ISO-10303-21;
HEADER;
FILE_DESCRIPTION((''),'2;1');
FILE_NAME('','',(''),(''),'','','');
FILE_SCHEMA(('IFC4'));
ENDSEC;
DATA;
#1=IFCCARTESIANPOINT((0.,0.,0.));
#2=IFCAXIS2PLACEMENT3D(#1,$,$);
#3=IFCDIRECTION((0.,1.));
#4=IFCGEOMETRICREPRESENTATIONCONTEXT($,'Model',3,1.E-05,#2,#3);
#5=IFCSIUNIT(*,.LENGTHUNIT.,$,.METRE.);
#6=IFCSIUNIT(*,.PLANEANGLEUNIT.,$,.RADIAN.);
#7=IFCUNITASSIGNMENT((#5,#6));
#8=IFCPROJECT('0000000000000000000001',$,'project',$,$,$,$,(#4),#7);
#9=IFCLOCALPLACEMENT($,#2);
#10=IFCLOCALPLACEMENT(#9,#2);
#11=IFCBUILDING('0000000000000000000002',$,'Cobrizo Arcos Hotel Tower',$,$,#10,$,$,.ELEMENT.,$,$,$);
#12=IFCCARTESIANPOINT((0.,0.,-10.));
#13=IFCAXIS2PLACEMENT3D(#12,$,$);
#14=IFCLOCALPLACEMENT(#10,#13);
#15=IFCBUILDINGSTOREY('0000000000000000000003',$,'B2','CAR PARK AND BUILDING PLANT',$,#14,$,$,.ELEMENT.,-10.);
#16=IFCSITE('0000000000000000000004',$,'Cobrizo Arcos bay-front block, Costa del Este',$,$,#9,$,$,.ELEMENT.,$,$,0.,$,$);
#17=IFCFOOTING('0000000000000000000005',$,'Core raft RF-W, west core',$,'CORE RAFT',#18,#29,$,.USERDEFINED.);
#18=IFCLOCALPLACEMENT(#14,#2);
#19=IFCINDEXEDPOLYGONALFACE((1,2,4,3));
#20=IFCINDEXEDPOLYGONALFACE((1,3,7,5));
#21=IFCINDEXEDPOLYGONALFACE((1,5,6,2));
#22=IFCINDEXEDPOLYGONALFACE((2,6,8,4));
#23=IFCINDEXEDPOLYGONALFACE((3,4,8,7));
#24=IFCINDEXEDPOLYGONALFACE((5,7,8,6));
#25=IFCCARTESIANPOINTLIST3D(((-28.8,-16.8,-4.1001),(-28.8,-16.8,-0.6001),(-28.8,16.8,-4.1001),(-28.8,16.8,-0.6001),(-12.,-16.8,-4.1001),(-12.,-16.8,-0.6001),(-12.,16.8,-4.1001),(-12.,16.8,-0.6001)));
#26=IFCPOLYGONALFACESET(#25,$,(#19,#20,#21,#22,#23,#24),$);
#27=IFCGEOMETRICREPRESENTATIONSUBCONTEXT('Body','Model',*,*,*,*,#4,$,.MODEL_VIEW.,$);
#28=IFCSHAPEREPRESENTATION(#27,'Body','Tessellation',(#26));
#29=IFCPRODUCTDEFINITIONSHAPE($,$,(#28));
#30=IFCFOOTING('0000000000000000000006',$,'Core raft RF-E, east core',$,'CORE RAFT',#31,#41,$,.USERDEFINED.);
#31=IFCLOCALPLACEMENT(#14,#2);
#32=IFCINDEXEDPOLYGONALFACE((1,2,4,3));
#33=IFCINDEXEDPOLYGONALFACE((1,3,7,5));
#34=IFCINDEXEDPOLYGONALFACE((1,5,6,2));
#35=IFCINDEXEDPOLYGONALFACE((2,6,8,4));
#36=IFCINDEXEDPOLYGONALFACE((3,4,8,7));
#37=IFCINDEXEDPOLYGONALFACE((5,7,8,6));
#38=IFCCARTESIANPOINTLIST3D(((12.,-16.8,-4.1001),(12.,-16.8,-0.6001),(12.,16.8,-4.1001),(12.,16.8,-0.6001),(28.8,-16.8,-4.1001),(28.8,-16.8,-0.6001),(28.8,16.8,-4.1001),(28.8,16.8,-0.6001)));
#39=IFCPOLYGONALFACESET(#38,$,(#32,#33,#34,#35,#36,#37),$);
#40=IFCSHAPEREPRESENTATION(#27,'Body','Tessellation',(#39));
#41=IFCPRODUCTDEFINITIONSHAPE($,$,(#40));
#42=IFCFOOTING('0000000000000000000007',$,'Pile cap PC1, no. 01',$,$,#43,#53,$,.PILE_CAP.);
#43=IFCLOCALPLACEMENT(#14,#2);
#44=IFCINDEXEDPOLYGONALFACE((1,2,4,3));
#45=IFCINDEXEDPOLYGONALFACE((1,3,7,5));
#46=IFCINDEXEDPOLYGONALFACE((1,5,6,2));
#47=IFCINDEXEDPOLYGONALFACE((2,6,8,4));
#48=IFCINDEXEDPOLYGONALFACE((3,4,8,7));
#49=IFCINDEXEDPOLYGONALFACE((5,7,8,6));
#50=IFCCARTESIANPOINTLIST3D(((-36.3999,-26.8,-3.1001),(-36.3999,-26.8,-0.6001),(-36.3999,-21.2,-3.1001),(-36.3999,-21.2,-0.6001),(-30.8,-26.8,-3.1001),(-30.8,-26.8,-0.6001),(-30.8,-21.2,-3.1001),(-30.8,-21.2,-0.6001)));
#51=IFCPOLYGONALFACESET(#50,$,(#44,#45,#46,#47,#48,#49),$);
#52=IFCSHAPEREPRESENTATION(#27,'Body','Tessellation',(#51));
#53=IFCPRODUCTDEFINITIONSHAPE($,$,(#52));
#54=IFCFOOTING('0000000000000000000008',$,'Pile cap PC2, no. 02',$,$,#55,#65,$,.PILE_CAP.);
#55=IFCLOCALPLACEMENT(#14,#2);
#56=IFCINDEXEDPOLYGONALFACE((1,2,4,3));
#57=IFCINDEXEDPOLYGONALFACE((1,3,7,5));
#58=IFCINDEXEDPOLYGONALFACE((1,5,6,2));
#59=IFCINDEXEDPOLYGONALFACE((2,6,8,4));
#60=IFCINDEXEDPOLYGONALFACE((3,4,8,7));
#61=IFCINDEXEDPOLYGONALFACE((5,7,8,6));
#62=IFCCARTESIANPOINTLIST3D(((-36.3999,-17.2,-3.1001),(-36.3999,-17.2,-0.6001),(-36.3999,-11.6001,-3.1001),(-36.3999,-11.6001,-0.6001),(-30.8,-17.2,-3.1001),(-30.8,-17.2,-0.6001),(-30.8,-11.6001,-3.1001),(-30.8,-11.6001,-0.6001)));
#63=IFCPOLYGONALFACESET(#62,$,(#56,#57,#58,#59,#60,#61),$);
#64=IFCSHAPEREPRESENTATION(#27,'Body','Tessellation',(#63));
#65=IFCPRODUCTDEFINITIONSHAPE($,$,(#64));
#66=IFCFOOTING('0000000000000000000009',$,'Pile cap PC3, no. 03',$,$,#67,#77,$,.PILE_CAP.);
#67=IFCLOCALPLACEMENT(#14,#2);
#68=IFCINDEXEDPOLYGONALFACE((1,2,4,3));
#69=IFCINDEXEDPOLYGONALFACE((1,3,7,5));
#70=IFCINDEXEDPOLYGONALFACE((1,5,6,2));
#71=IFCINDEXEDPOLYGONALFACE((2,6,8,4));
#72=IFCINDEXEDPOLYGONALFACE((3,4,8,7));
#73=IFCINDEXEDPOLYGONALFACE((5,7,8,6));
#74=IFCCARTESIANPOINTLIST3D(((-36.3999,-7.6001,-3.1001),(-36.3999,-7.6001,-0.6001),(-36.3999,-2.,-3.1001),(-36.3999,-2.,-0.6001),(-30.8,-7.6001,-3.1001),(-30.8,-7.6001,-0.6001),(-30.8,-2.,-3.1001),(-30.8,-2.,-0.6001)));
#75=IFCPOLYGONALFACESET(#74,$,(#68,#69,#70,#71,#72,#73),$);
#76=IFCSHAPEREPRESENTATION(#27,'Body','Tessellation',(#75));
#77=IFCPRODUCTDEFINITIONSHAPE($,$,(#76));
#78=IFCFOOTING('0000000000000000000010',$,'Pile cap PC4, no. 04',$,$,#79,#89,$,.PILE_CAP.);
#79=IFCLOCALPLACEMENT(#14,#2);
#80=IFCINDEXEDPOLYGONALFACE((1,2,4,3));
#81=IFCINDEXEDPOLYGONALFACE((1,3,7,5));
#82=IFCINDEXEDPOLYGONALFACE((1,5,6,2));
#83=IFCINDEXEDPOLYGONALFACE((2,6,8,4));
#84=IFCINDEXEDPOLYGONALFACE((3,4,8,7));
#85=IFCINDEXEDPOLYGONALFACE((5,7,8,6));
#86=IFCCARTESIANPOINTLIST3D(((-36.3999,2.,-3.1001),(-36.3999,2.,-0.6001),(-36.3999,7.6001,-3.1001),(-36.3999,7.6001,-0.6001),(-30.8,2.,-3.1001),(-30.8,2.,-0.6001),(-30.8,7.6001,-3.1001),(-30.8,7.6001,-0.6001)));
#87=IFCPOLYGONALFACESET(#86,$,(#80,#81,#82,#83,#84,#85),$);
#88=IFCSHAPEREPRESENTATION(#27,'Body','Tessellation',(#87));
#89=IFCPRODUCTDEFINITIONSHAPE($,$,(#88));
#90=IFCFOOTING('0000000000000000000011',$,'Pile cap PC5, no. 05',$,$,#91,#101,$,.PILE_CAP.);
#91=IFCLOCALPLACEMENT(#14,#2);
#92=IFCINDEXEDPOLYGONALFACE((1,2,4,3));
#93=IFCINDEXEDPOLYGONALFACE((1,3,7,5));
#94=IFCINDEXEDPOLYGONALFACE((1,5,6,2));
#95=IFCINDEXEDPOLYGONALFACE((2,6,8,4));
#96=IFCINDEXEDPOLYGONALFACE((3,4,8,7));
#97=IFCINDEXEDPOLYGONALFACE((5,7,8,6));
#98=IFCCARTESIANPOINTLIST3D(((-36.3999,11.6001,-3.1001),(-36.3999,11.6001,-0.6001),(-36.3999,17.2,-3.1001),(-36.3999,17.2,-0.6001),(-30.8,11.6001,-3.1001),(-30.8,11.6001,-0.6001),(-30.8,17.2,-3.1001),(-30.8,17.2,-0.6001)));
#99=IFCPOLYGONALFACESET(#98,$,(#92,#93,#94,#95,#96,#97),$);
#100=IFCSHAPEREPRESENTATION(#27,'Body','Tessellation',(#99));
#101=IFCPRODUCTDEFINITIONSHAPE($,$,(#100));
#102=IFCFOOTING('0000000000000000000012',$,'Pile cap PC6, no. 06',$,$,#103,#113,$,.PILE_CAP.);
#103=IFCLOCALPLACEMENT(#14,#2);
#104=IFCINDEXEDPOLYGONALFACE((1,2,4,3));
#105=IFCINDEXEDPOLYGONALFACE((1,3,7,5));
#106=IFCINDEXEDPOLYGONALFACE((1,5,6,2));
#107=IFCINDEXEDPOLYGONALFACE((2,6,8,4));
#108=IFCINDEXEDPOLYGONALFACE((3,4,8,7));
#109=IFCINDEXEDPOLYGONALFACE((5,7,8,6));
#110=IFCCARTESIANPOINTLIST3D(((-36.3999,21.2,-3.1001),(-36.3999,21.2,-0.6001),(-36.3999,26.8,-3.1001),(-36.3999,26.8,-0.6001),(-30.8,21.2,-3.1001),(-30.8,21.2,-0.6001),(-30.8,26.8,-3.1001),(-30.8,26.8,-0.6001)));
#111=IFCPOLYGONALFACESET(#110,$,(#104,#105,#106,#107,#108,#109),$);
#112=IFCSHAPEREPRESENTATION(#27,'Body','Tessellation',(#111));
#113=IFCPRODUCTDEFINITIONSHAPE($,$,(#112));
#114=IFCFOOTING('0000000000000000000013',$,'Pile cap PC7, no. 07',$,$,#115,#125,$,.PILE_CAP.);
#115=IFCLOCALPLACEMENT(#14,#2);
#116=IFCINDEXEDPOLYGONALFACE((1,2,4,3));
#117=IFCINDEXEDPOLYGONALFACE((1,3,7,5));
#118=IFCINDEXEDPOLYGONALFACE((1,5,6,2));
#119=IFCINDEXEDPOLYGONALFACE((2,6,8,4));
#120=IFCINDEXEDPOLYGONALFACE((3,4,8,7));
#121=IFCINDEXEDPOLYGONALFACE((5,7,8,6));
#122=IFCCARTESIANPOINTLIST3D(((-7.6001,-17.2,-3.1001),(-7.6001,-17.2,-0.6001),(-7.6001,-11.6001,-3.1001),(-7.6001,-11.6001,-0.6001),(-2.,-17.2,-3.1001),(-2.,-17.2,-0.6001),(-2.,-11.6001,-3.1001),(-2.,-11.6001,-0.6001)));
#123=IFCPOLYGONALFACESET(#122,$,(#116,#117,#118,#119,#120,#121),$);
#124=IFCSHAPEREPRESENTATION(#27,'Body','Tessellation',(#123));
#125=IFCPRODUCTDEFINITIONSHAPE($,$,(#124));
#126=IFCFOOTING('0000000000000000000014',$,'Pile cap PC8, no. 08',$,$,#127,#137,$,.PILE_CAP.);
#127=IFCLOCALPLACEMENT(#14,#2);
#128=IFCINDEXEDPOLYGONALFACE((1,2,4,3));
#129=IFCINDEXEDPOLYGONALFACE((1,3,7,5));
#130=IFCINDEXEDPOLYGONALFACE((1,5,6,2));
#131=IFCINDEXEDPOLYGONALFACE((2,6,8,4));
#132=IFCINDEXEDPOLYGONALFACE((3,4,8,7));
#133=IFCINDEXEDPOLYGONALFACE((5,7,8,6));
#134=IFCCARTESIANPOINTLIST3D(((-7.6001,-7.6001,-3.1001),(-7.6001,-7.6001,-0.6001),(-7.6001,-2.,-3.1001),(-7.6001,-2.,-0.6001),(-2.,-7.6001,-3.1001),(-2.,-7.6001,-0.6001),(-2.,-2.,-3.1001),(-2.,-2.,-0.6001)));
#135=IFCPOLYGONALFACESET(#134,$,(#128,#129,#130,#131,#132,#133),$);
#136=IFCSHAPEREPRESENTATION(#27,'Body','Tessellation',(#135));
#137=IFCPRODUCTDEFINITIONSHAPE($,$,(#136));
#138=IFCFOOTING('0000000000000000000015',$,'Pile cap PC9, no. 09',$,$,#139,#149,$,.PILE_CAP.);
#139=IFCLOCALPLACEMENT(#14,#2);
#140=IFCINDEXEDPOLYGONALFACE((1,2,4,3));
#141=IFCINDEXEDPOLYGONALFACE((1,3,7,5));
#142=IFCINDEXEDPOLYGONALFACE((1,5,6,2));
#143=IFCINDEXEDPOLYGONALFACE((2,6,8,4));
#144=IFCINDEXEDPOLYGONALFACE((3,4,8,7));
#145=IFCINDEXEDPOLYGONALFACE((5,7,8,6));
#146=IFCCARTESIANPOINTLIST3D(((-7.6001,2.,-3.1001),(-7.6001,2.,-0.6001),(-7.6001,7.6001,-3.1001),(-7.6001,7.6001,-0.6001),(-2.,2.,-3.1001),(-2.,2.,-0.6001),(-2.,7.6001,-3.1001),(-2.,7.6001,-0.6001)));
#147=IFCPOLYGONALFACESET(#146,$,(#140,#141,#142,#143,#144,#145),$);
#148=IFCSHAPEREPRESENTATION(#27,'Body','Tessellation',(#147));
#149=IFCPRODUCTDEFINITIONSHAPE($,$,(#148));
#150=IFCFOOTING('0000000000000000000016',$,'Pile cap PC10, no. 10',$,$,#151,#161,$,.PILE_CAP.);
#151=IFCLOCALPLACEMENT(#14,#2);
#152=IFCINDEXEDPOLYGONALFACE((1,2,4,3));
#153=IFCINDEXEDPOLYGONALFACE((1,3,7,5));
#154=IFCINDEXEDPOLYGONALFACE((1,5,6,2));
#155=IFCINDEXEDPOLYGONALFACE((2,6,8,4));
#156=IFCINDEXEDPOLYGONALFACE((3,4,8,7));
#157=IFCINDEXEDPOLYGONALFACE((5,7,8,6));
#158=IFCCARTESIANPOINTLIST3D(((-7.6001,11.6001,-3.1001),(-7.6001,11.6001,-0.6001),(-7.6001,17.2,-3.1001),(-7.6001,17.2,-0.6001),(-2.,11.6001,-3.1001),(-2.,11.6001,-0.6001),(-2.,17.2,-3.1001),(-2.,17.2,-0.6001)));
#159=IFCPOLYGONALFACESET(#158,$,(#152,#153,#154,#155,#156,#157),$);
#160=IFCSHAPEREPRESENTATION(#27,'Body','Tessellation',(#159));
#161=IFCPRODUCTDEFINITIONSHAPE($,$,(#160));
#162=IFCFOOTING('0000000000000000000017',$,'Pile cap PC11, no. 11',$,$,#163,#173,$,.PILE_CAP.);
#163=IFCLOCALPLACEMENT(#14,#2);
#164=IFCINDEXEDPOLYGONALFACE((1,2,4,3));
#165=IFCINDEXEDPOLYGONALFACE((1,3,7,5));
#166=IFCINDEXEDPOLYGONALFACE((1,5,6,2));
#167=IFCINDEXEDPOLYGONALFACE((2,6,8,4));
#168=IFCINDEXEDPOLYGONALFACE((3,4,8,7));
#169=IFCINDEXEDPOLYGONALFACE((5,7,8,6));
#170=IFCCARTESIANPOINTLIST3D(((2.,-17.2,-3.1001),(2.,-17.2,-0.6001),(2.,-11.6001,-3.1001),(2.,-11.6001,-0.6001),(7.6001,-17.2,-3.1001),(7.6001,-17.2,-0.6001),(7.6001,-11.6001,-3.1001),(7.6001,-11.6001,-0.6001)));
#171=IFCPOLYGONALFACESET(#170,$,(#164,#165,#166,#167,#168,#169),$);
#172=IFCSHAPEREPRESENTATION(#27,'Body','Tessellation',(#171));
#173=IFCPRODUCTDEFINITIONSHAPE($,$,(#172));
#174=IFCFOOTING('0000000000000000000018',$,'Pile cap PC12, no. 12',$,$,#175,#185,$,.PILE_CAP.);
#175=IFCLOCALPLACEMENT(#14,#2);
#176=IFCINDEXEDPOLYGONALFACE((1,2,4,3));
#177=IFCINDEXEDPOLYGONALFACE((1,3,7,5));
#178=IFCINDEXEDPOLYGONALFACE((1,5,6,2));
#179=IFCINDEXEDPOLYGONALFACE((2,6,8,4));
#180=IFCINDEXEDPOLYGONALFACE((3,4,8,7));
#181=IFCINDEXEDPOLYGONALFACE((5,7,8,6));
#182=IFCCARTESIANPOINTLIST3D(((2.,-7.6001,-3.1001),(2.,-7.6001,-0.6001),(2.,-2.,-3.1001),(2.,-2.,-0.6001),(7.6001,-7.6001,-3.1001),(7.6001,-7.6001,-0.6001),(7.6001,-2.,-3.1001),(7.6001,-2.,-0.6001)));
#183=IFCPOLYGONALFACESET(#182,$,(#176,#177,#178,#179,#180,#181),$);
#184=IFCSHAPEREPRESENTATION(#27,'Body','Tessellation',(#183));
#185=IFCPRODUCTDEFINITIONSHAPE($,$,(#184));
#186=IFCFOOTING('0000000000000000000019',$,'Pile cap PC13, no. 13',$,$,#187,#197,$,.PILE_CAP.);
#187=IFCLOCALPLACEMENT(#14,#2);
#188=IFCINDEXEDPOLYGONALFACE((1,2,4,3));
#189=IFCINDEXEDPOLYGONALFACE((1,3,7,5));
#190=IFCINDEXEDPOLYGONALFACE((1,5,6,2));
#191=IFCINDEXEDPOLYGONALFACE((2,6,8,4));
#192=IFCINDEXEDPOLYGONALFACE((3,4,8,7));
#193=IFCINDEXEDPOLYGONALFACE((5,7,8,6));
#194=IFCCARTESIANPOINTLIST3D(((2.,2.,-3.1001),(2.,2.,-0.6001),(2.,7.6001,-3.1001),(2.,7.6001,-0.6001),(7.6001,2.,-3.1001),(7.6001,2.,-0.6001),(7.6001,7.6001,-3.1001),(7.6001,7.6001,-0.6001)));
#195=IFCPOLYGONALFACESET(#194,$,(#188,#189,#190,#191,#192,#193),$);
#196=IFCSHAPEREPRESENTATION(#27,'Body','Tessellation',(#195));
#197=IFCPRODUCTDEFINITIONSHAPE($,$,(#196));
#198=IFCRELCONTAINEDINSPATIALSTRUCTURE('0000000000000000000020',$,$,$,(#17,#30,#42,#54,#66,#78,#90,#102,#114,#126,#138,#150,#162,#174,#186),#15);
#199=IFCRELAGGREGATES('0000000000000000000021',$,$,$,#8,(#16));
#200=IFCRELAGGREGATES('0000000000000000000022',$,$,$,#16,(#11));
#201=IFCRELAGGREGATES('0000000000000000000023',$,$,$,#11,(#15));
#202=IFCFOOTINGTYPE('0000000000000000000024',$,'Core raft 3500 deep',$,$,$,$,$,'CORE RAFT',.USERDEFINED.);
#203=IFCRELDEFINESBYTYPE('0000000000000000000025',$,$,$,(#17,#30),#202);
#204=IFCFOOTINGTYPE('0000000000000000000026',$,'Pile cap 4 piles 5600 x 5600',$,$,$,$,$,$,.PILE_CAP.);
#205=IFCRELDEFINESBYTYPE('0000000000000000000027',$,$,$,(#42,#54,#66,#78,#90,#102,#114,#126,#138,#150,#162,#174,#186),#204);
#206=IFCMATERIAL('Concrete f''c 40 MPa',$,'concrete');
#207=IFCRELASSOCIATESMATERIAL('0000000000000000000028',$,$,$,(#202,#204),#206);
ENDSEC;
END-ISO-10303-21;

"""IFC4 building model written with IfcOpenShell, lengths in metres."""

from ifc_helpers import new_model, si_unit, direction, frame, origin, place, context, subcontext, project, spatial, polyline, outline, extrude, material, type_object, element, save


model = new_model("IFC4")

# Units and contexts
model_context = context("Model", 3, precision=1e-05, world=origin(), true_north=direction((0.0, 1.0)))
body_context = subcontext(model_context, "Body", "Model", "MODEL_VIEW")
ifc_project = project(units=[si_unit("LENGTHUNIT", "METRE"), si_unit("PLANEANGLEUNIT", "RADIAN")], contexts=[model_context])

# Site, building, storey
site_placement = place(None, origin())
site = spatial("IfcSite", under=ifc_project, at=site_placement, Name="Cobrizo Arcos bay-front block, Costa del Este", CompositionType="ELEMENT", RefElevation=0.0)
building_placement = place(site_placement, origin())
building = spatial("IfcBuilding", under=site, at=building_placement, Name="Cobrizo Arcos Hotel Tower", CompositionType="ELEMENT")
storey_placement = place(building_placement, frame((0.0, 0.0, -10.0)))
storey = spatial("IfcBuildingStorey", under=building, at=storey_placement, Name="B2", Description="CAR PARK AND BUILDING PLANT", CompositionType="ELEMENT", Elevation=-10.0)

# Footings
ifc_material_1 = material(Name="Concrete f'c 40 MPa", Category="concrete")
footing_type_1 = type_object("IfcFootingType", Name="Core raft 3500 deep", ElementType="CORE RAFT", PredefinedType="USERDEFINED", material=ifc_material_1)
footing_1_placement = place(storey_placement, frame((0.0, 0.0, -4.1001)))
element("IfcFooting", 1, at=footing_1_placement, inside=storey, type_object=footing_type_1, Name="Core raft RF-W, west core", ObjectType="CORE RAFT", PredefinedType="USERDEFINED", context=body_context, shape_type="SweptSolid", body=[
    extrude(outline(polyline([(-12.0, -16.8), (-12.0, 16.8), (-28.8, 16.8), (-28.8, -16.8), (-12.0, -16.8)])), origin(), (0.0, 0.0, 1.0), 3.5),
])
footing_2_placement = place(storey_placement, frame((0.0, 0.0, -4.1001)))
element("IfcFooting", 2, at=footing_2_placement, inside=storey, type_object=footing_type_1, Name="Core raft RF-E, east core", ObjectType="CORE RAFT", PredefinedType="USERDEFINED", context=body_context, shape_type="SweptSolid", body=[
    extrude(outline(polyline([(28.8, -16.8), (28.8, 16.8), (12.0, 16.8), (12.0, -16.8), (28.8, -16.8)])), origin(), (0.0, 0.0, 1.0), 3.5),
])
footing_type_2 = type_object("IfcFootingType", Name="Pile cap 4 piles 5600 x 5600", PredefinedType="PILE_CAP", material=ifc_material_1)
footing_3_placement = place(storey_placement, frame((0.0, 0.0, -3.1001)))
element("IfcFooting", 3, at=footing_3_placement, inside=storey, type_object=footing_type_2, Name="Pile cap PC1, no. 01", PredefinedType="PILE_CAP", context=body_context, shape_type="SweptSolid", body=[
    extrude(outline(polyline([(-30.8, -26.8), (-30.8, -21.2), (-36.3999, -21.2), (-36.3999, -26.8), (-30.8, -26.8)])), origin(), (0.0, 0.0, 1.0), 2.5),
])
footing_4_placement = place(storey_placement, frame((0.0, 0.0, -3.1001)))
element("IfcFooting", 4, at=footing_4_placement, inside=storey, type_object=footing_type_2, Name="Pile cap PC2, no. 02", PredefinedType="PILE_CAP", context=body_context, shape_type="SweptSolid", body=[
    extrude(outline(polyline([(-30.8, -17.2), (-30.8, -11.6001), (-36.3999, -11.6001), (-36.3999, -17.2), (-30.8, -17.2)])), origin(), (0.0, 0.0, 1.0), 2.5),
])
footing_5_placement = place(storey_placement, frame((0.0, 0.0, -3.1001)))
element("IfcFooting", 5, at=footing_5_placement, inside=storey, type_object=footing_type_2, Name="Pile cap PC3, no. 03", PredefinedType="PILE_CAP", context=body_context, shape_type="SweptSolid", body=[
    extrude(outline(polyline([(-30.8, -7.6001), (-30.8, -2.0), (-36.3999, -2.0), (-36.3999, -7.6001), (-30.8, -7.6001)])), origin(), (0.0, 0.0, 1.0), 2.5),
])
footing_6_placement = place(storey_placement, frame((0.0, 0.0, -3.1001)))
element("IfcFooting", 6, at=footing_6_placement, inside=storey, type_object=footing_type_2, Name="Pile cap PC4, no. 04", PredefinedType="PILE_CAP", context=body_context, shape_type="SweptSolid", body=[
    extrude(outline(polyline([(-30.8, 2.0), (-30.8, 7.6001), (-36.3999, 7.6001), (-36.3999, 2.0), (-30.8, 2.0)])), origin(), (0.0, 0.0, 1.0), 2.5),
])
footing_7_placement = place(storey_placement, frame((0.0, 0.0, -3.1001)))
element("IfcFooting", 7, at=footing_7_placement, inside=storey, type_object=footing_type_2, Name="Pile cap PC5, no. 05", PredefinedType="PILE_CAP", context=body_context, shape_type="SweptSolid", body=[
    extrude(outline(polyline([(-30.8, 11.6001), (-30.8, 17.2), (-36.3999, 17.2), (-36.3999, 11.6001), (-30.8, 11.6001)])), origin(), (0.0, 0.0, 1.0), 2.5),
])
footing_8_placement = place(storey_placement, frame((0.0, 0.0, -3.1001)))
element("IfcFooting", 8, at=footing_8_placement, inside=storey, type_object=footing_type_2, Name="Pile cap PC6, no. 06", PredefinedType="PILE_CAP", context=body_context, shape_type="SweptSolid", body=[
    extrude(outline(polyline([(-30.8, 21.2), (-30.8, 26.8), (-36.3999, 26.8), (-36.3999, 21.2), (-30.8, 21.2)])), origin(), (0.0, 0.0, 1.0), 2.5),
])
footing_9_placement = place(storey_placement, frame((0.0, 0.0, -3.1001)))
element("IfcFooting", 9, at=footing_9_placement, inside=storey, type_object=footing_type_2, Name="Pile cap PC7, no. 07", PredefinedType="PILE_CAP", context=body_context, shape_type="SweptSolid", body=[
    extrude(outline(polyline([(-2.0, -17.2), (-2.0, -11.6001), (-7.6001, -11.6001), (-7.6001, -17.2), (-2.0, -17.2)])), origin(), (0.0, 0.0, 1.0), 2.5),
])
footing_10_placement = place(storey_placement, frame((0.0, 0.0, -3.1001)))
element("IfcFooting", 10, at=footing_10_placement, inside=storey, type_object=footing_type_2, Name="Pile cap PC8, no. 08", PredefinedType="PILE_CAP", context=body_context, shape_type="SweptSolid", body=[
    extrude(outline(polyline([(-2.0, -7.6001), (-2.0, -2.0), (-7.6001, -2.0), (-7.6001, -7.6001), (-2.0, -7.6001)])), origin(), (0.0, 0.0, 1.0), 2.5),
])
footing_11_placement = place(storey_placement, frame((0.0, 0.0, -3.1001)))
element("IfcFooting", 11, at=footing_11_placement, inside=storey, type_object=footing_type_2, Name="Pile cap PC9, no. 09", PredefinedType="PILE_CAP", context=body_context, shape_type="SweptSolid", body=[
    extrude(outline(polyline([(-2.0, 2.0), (-2.0, 7.6001), (-7.6001, 7.6001), (-7.6001, 2.0), (-2.0, 2.0)])), origin(), (0.0, 0.0, 1.0), 2.5),
])
footing_12_placement = place(storey_placement, frame((0.0, 0.0, -3.1001)))
element("IfcFooting", 12, at=footing_12_placement, inside=storey, type_object=footing_type_2, Name="Pile cap PC10, no. 10", PredefinedType="PILE_CAP", context=body_context, shape_type="SweptSolid", body=[
    extrude(outline(polyline([(-2.0, 11.6001), (-2.0, 17.2), (-7.6001, 17.2), (-7.6001, 11.6001), (-2.0, 11.6001)])), origin(), (0.0, 0.0, 1.0), 2.5),
])
footing_13_placement = place(storey_placement, frame((0.0, 0.0, -3.1001)))
element("IfcFooting", 13, at=footing_13_placement, inside=storey, type_object=footing_type_2, Name="Pile cap PC11, no. 11", PredefinedType="PILE_CAP", context=body_context, shape_type="SweptSolid", body=[
    extrude(outline(polyline([(7.6001, -17.2), (7.6001, -11.6001), (2.0, -11.6001), (2.0, -17.2), (7.6001, -17.2)])), origin(), (0.0, 0.0, 1.0), 2.5),
])
footing_14_placement = place(storey_placement, frame((0.0, 0.0, -3.1001)))
element("IfcFooting", 14, at=footing_14_placement, inside=storey, type_object=footing_type_2, Name="Pile cap PC12, no. 12", PredefinedType="PILE_CAP", context=body_context, shape_type="SweptSolid", body=[
    extrude(outline(polyline([(7.6001, -7.6001), (7.6001, -2.0), (2.0, -2.0), (2.0, -7.6001), (7.6001, -7.6001)])), origin(), (0.0, 0.0, 1.0), 2.5),
])
footing_15_placement = place(storey_placement, frame((0.0, 0.0, -3.1001)))
element("IfcFooting", 15, at=footing_15_placement, inside=storey, type_object=footing_type_2, Name="Pile cap PC13, no. 13", PredefinedType="PILE_CAP", context=body_context, shape_type="SweptSolid", body=[
    extrude(outline(polyline([(7.6001, 2.0), (7.6001, 7.6001), (2.0, 7.6001), (2.0, 2.0), (7.6001, 2.0)])), origin(), (0.0, 0.0, 1.0), 2.5),
])

save(model, "model.ifc")
